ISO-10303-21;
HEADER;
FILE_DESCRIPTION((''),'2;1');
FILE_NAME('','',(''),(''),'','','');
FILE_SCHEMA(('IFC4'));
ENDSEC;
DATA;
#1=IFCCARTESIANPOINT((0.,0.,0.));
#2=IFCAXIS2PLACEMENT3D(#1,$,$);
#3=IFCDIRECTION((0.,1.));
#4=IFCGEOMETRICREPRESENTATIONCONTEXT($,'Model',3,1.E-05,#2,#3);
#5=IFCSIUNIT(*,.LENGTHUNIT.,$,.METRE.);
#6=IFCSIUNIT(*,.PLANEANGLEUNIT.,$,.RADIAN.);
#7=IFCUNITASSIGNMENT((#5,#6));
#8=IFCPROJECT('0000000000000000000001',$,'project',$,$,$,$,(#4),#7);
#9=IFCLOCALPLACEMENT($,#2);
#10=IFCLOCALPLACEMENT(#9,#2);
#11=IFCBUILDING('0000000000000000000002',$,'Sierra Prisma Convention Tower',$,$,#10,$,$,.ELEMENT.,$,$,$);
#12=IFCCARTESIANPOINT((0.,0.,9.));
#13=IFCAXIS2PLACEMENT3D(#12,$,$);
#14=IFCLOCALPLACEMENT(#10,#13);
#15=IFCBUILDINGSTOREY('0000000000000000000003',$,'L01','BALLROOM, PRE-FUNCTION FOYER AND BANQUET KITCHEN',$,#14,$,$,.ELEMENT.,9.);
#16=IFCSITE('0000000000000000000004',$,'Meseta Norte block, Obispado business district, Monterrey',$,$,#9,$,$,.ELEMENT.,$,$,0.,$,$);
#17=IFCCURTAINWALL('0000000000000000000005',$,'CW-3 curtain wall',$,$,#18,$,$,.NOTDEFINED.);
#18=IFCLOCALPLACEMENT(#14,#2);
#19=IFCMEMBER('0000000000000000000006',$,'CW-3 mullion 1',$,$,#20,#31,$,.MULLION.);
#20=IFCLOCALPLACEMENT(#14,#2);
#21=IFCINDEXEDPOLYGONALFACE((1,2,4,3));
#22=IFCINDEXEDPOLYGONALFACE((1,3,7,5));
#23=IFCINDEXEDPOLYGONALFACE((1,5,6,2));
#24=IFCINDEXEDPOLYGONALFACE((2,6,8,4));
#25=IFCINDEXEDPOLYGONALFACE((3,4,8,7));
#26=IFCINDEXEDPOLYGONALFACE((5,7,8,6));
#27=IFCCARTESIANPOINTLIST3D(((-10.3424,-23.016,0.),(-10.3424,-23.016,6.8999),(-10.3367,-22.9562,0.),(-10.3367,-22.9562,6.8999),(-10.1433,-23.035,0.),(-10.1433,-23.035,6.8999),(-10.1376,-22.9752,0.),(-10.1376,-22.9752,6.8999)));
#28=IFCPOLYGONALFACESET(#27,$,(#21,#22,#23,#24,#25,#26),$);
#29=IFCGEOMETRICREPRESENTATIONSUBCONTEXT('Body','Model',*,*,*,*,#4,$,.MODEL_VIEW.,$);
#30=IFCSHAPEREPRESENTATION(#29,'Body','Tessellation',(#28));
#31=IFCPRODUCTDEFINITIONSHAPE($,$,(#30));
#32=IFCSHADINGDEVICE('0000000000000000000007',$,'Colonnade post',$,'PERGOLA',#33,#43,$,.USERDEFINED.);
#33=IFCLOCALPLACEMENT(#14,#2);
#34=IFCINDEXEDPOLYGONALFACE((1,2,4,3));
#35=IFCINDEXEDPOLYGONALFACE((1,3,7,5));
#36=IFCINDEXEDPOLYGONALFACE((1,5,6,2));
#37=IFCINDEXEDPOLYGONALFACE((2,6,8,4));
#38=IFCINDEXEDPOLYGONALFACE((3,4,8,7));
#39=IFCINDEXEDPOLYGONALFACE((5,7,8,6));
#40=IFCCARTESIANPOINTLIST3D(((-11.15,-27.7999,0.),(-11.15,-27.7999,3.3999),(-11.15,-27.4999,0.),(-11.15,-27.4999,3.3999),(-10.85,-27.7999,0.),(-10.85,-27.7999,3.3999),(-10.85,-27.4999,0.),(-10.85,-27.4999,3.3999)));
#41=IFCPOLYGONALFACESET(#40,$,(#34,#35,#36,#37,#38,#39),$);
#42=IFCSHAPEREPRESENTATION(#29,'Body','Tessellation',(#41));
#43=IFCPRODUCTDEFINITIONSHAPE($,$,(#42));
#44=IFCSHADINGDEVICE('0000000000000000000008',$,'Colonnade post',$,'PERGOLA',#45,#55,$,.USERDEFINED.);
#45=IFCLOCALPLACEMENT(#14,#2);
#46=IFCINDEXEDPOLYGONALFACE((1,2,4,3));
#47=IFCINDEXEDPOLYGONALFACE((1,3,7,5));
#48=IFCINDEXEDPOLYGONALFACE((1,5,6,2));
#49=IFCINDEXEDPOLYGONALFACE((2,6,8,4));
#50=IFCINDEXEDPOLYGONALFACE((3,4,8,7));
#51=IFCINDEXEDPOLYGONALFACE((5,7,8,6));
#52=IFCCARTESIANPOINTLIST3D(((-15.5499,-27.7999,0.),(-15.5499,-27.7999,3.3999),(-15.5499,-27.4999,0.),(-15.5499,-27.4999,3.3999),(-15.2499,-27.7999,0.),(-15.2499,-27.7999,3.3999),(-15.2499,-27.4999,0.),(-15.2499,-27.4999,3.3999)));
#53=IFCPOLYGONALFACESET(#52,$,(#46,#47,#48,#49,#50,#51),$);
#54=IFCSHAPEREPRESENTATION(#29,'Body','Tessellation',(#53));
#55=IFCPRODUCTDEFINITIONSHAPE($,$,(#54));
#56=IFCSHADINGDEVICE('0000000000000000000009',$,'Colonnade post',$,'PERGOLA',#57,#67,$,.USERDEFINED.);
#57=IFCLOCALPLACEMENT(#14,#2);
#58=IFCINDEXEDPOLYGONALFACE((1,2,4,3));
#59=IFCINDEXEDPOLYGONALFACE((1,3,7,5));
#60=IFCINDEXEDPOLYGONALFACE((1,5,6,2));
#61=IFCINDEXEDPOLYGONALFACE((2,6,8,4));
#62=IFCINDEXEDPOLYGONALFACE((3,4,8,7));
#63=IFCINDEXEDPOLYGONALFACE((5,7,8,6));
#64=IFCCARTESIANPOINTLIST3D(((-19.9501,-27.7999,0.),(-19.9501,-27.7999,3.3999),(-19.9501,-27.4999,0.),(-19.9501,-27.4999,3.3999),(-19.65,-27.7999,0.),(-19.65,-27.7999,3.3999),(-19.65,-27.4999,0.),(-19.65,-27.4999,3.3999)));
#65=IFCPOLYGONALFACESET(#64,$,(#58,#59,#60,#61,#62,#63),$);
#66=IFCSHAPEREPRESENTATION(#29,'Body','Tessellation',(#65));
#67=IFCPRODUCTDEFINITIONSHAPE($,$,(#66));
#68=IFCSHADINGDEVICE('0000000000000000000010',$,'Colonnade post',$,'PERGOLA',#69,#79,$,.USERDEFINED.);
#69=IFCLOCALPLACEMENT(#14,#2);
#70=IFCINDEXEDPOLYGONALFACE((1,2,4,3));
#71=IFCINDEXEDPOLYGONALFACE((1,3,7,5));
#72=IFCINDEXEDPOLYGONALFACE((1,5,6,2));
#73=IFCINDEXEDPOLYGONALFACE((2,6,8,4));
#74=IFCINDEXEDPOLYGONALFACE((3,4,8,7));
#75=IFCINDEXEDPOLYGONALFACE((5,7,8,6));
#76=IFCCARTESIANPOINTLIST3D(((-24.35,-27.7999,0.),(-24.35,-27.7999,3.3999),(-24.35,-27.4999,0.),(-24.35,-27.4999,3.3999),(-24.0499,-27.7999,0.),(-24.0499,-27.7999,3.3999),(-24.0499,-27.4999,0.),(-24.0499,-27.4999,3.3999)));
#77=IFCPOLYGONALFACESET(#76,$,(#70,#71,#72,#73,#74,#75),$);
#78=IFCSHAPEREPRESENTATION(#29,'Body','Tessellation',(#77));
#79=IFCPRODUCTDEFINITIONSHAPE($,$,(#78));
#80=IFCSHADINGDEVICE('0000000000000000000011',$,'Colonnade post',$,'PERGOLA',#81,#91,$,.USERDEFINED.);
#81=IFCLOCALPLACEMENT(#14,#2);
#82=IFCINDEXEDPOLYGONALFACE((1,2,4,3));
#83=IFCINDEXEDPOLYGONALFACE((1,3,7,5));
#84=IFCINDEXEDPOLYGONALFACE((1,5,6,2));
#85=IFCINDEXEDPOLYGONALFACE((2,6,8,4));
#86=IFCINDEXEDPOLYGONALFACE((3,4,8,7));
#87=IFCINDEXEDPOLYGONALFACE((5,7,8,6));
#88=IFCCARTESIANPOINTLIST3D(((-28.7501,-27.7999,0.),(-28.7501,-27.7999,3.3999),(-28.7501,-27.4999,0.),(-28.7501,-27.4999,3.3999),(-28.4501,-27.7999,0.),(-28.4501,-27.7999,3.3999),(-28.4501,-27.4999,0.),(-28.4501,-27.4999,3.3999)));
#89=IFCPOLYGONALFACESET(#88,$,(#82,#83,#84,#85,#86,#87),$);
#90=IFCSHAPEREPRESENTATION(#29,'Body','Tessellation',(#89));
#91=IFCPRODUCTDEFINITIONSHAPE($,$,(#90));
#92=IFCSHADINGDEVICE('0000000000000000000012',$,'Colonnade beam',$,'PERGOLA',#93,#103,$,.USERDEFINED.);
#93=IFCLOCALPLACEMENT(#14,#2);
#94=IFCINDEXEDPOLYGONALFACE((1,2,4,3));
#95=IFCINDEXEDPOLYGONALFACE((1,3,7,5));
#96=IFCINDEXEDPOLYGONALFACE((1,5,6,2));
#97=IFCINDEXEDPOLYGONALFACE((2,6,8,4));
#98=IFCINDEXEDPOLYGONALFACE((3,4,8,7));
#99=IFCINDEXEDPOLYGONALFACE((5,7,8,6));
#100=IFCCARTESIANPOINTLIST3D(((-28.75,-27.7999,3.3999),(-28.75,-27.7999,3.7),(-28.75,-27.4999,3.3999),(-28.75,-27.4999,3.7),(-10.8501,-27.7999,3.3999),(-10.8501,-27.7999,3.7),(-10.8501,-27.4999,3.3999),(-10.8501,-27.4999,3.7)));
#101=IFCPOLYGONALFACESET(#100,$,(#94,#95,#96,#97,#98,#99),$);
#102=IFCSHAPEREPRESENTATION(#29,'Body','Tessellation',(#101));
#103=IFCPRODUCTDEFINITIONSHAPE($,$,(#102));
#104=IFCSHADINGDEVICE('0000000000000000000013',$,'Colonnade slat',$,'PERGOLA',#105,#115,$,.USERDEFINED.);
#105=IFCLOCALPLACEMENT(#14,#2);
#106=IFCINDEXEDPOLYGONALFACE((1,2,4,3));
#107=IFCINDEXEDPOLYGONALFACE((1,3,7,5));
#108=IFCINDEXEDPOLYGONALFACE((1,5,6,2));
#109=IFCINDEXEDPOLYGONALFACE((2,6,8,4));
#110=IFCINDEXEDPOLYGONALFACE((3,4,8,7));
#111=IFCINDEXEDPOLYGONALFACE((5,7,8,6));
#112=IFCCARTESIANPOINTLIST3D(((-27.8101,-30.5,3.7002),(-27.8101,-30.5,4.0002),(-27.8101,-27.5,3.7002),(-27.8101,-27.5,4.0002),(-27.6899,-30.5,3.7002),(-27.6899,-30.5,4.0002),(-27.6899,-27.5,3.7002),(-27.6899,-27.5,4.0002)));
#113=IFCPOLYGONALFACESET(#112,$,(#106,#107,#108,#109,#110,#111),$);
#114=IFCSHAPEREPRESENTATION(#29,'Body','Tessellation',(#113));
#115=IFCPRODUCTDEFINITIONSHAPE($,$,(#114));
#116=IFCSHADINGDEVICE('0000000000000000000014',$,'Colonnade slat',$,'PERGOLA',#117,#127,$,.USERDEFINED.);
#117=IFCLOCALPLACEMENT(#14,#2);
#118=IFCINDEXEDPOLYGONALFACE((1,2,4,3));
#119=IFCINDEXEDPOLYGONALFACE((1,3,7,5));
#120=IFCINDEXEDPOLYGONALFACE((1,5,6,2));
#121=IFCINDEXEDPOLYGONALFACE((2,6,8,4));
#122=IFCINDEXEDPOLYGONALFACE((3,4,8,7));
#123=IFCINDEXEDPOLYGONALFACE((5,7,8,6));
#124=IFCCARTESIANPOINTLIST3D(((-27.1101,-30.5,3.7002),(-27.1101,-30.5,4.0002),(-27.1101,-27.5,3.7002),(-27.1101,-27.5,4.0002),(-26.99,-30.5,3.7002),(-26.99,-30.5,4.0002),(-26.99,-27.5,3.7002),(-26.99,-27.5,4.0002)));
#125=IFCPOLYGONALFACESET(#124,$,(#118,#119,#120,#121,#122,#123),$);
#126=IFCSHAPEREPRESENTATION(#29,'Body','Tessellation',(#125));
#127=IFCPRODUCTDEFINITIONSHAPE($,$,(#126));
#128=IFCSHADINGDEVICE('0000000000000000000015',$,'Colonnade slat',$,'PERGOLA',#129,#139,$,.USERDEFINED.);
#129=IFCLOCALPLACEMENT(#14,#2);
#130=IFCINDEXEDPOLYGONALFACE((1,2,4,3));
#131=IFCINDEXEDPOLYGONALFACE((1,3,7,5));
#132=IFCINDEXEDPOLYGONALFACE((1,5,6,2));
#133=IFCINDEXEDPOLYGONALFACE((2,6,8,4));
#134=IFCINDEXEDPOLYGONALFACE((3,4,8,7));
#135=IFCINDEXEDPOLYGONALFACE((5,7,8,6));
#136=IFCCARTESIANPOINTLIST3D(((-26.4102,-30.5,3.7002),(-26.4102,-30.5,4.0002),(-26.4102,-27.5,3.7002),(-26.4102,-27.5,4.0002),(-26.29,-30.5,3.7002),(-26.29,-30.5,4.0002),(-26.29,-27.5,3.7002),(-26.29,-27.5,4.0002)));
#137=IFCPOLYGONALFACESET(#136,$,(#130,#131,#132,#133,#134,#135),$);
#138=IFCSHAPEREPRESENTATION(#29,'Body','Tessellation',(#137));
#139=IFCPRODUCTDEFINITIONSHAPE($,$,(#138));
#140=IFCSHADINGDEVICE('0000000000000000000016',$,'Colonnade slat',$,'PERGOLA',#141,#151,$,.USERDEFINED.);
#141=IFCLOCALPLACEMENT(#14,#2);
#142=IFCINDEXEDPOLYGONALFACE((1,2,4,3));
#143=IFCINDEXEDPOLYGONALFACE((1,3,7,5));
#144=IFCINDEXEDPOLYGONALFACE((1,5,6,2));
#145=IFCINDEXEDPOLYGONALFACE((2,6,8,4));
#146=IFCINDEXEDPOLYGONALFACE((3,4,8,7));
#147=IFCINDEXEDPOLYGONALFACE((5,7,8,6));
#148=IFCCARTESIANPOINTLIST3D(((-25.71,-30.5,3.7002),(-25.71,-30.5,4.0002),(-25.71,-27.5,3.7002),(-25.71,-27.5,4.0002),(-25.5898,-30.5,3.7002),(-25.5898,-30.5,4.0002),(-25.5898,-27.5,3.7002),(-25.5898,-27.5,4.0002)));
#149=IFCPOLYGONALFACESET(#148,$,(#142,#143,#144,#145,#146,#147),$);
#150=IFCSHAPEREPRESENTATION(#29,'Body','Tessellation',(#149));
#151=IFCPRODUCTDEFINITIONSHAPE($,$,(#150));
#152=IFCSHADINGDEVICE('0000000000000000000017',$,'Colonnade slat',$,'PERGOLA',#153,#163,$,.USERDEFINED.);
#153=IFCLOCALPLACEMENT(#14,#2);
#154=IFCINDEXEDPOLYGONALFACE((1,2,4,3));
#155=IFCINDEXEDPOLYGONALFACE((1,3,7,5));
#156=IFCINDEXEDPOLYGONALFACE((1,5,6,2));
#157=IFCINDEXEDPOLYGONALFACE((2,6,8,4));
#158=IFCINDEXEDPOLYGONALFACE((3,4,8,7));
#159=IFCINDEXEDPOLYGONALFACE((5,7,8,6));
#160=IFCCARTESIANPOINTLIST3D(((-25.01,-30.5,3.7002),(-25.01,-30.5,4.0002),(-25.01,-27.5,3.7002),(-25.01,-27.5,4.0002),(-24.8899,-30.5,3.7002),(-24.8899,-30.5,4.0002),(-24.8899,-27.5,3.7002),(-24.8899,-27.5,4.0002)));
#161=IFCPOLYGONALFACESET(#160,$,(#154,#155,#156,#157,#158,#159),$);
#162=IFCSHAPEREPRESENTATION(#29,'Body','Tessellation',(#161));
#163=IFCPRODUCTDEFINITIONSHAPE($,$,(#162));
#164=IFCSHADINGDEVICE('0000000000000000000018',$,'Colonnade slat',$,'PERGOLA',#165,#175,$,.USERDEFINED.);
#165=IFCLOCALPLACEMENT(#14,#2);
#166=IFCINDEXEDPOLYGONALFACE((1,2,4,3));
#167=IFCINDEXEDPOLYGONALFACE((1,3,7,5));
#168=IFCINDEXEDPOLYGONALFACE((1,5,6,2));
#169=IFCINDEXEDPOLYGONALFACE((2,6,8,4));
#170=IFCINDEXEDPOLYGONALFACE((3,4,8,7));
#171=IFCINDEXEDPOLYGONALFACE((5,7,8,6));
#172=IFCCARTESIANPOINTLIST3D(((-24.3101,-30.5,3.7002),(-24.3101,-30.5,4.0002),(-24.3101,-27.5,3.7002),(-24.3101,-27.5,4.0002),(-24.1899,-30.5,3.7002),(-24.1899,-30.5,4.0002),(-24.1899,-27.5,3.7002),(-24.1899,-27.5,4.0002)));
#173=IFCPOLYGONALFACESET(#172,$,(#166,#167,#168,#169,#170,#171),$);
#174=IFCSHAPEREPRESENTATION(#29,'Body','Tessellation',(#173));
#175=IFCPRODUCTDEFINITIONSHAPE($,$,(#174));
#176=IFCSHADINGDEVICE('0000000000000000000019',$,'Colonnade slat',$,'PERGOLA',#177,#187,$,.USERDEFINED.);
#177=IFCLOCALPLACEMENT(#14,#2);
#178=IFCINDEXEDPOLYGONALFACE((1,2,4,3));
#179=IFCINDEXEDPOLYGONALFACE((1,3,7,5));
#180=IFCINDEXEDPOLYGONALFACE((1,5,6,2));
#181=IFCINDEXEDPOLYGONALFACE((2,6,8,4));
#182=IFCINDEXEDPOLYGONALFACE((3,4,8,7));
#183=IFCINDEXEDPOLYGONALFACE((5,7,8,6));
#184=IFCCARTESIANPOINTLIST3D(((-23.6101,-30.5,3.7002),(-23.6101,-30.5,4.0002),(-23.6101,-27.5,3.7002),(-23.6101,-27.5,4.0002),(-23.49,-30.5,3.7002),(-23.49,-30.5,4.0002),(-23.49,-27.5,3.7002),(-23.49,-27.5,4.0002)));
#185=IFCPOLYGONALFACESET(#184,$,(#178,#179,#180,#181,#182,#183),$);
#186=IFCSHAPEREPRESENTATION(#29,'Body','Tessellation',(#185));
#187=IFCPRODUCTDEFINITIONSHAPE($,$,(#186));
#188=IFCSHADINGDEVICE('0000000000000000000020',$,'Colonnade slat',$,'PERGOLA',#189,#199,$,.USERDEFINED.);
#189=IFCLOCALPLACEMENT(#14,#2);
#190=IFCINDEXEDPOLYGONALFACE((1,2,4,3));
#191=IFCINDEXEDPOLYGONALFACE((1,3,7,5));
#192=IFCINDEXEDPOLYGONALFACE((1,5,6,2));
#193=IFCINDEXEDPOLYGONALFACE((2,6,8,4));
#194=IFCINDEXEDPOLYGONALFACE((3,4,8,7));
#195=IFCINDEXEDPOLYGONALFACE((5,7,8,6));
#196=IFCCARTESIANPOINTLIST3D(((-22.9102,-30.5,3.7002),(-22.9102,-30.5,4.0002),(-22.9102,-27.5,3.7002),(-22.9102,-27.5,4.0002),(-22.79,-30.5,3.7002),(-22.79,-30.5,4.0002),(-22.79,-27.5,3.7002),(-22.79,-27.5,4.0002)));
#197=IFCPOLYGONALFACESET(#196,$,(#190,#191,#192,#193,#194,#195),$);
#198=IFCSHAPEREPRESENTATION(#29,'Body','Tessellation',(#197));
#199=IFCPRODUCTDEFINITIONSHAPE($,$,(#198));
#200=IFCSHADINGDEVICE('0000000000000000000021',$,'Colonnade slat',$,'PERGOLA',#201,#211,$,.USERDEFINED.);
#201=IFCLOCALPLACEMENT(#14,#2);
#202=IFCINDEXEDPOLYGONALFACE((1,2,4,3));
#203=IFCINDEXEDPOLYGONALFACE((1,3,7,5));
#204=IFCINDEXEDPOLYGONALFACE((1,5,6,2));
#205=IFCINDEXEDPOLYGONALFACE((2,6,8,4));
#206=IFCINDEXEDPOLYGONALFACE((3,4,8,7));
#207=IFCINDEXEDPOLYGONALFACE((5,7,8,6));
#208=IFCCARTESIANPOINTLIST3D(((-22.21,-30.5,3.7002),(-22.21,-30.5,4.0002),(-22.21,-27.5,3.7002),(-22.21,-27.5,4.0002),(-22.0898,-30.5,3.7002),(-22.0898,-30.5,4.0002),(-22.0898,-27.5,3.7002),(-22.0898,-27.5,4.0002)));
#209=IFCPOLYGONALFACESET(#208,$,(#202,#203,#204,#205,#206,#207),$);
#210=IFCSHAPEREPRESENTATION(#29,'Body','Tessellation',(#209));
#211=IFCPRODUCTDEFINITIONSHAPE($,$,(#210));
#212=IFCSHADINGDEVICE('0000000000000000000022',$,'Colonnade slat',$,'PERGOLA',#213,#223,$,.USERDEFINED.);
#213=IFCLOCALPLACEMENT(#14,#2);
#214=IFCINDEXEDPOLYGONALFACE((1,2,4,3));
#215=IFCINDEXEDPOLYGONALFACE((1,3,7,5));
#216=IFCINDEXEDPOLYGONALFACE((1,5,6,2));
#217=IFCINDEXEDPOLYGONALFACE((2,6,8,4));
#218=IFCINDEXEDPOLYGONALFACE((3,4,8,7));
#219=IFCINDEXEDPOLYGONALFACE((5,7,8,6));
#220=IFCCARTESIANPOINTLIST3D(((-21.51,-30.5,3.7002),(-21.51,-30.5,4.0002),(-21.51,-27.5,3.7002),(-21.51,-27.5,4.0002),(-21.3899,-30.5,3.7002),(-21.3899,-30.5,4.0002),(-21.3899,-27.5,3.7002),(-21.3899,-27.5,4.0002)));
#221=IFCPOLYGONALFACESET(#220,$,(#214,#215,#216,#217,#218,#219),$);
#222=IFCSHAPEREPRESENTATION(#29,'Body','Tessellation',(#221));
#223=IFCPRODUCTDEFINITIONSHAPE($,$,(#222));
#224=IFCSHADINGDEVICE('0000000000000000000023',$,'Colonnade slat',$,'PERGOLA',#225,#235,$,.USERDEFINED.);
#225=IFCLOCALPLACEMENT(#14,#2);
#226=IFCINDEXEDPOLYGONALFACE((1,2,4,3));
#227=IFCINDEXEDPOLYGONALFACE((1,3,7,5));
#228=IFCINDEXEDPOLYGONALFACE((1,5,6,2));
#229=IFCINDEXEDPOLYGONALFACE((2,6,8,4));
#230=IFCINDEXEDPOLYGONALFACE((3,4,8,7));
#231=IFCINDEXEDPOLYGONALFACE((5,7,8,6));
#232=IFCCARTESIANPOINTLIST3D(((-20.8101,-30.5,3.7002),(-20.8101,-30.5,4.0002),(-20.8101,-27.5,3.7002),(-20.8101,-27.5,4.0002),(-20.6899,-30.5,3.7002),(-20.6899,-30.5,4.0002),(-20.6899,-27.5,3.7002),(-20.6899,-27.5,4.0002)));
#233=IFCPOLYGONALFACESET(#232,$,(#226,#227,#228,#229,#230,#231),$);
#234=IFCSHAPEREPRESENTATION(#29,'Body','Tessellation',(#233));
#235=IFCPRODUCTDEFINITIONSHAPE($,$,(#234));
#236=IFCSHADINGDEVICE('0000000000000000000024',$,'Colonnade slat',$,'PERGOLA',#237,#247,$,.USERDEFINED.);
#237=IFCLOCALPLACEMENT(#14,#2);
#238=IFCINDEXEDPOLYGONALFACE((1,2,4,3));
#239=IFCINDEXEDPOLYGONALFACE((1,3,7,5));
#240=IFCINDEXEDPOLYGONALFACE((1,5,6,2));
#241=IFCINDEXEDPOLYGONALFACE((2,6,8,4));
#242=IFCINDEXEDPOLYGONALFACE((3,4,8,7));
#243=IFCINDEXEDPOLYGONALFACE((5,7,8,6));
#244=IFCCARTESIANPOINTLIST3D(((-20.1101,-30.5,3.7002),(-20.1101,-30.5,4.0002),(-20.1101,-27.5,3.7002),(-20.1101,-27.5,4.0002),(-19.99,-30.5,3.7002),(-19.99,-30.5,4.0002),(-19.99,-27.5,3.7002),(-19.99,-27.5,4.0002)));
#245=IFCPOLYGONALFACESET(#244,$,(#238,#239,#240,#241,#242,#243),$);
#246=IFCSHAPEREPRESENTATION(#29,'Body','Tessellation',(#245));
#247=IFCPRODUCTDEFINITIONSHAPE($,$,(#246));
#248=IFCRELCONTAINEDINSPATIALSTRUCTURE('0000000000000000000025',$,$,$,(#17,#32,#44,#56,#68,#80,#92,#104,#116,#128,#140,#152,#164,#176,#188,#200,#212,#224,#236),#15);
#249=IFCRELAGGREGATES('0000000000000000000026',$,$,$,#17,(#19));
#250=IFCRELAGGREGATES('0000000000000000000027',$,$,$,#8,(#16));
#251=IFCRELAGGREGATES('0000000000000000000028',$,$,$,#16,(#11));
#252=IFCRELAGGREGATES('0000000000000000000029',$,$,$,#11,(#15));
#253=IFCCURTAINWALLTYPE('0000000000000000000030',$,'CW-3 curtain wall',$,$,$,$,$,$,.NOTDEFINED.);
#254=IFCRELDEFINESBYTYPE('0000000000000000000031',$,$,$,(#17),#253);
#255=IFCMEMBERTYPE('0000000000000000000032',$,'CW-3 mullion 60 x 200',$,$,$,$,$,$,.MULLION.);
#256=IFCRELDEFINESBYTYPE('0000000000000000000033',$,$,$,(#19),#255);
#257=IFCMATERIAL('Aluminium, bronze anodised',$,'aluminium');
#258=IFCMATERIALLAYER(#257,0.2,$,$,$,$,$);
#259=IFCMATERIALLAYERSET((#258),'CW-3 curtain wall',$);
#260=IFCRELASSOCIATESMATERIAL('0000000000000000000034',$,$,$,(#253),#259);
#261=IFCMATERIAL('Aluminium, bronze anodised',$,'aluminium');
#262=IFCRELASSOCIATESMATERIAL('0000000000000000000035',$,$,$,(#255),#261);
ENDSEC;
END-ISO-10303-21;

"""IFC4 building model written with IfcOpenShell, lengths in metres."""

from ifc_helpers import new_model, si_unit, direction, frame, origin, origin_2d, place, context, subcontext, project, spatial, rectangle, extrude, material, layer, layer_set, material_profile, profile_set, type_object, element, aggregate, save


model = new_model("IFC4")

# Units and contexts
model_context = context("Model", 3, precision=1e-05, world=origin(), true_north=direction((0.0, 1.0)))
body_context = subcontext(model_context, "Body", "Model", "MODEL_VIEW")
ifc_project = project(units=[si_unit("LENGTHUNIT", "METRE"), si_unit("PLANEANGLEUNIT", "RADIAN")], contexts=[model_context])

# Site, building, storey
site_placement = place(None, origin())
site = spatial("IfcSite", under=ifc_project, at=site_placement, Name="Meseta Norte block, Obispado business district, Monterrey", CompositionType="ELEMENT", RefElevation=0.0)
building_placement = place(site_placement, origin())
building = spatial("IfcBuilding", under=site, at=building_placement, Name="Sierra Prisma Convention Tower", CompositionType="ELEMENT")
storey_placement = place(building_placement, frame((0.0, 0.0, 9.0)))
storey = spatial("IfcBuildingStorey", under=building, at=storey_placement, Name="L01", Description="BALLROOM, PRE-FUNCTION FOYER AND BANQUET KITCHEN", CompositionType="ELEMENT", Elevation=9.0)

# Curtain wall, member
ifc_material_1 = material(Name="Aluminium, bronze anodised", Category="aluminium")
ifc_layer = layer(ifc_material_1, 0.2)
ifc_layer_set = layer_set([ifc_layer], Name="CW-3 curtain wall")
curtain_wall_type = type_object("IfcCurtainWallType", Name="CW-3 curtain wall", PredefinedType="NOTDEFINED", material=ifc_layer_set)
curtain_wall_placement = place(storey_placement, origin())
curtain_wall = element("IfcCurtainWall", 1, at=curtain_wall_placement, inside=storey, type_object=curtain_wall_type, Name="CW-3 curtain wall", PredefinedType="NOTDEFINED")
ifc_material_2 = material(Name="Aluminium, bronze anodised", Category="aluminium")
ifc_material_profile = material_profile(ifc_material_2, rectangle(XDim=0.0601, YDim=0.2, at=origin_2d()), Name="CW-3 mullion 60 x 200")
ifc_profile_set = profile_set([ifc_material_profile], Name="Aluminium, bronze anodised")
member_type = type_object("IfcMemberType", Name="CW-3 mullion 60 x 200", PredefinedType="MULLION", material=ifc_profile_set)
member_placement = place(storey_placement, frame((-10.24, -22.9956, 0.0), z_axis=(0.0, 0.0, 1.0), x_axis=(-0.095075, -0.99547, 0.0)))
member = element("IfcMember", 2, at=member_placement, type_object=member_type, Name="CW-3 mullion 1", PredefinedType="MULLION", context=body_context, shape_type="SweptSolid", body=[
    extrude(rectangle(XDim=0.0601, YDim=0.2, at=origin_2d()), origin(), (0.0, 0.0, 1.0), 6.8999),
])
aggregate(curtain_wall, [member])

# Shading devices
for number, where, z_axis, x_axis, name in (
    (3, (-11.0, -27.6499, 0.0), (0.0, 0.0, 1.0), (1.0, 0.0, 0.0), "Colonnade post"),
    (4, (-15.3999, -27.6499, 0.0), (0.0, 0.0, 1.0), (1.0, 0.0, 0.0), "Colonnade post"),
    (5, (-19.8, -27.6499, 0.0), (0.0, 0.0, 1.0), (1.0, 0.0, 0.0), "Colonnade post"),
    (6, (-24.2, -27.6499, 0.0), (0.0, 0.0, 1.0), (1.0, 0.0, 0.0), "Colonnade post"),
    (7, (-28.6001, -27.6499, 0.0), (0.0, 0.0, 1.0), (1.0, 0.0, 0.0), "Colonnade post"),
):
    element("IfcShadingDevice", number, at=place(storey_placement, frame(where, z_axis=z_axis, x_axis=x_axis)), inside=storey, Name=name, ObjectType="PERGOLA", PredefinedType="USERDEFINED", context=body_context, shape_type="SweptSolid", body=[
        extrude(rectangle(XDim=0.3, YDim=0.3, at=origin_2d()), origin(), (0.0, 0.0, 1.0), 3.3999),
    ])
shading_device_placement = place(storey_placement, frame((-19.8, -27.6499, 3.3999), z_axis=(0.0, 0.0, 1.0), x_axis=(1.0, 0.0, 0.0)))
element("IfcShadingDevice", 8, at=shading_device_placement, inside=storey, Name="Colonnade beam", ObjectType="PERGOLA", PredefinedType="USERDEFINED", context=body_context, shape_type="SweptSolid", body=[
    extrude(rectangle(XDim=17.8999, YDim=0.3, at=origin_2d()), origin(), (0.0, 0.0, 1.0), 0.3),
])
for number, where, z_axis, x_axis, name in (
    (9, (-27.75, -29.0, 3.7002), (0.0, 0.0, 1.0), (1.0, 0.0, 0.0), "Colonnade slat"),
    (10, (-27.05, -29.0, 3.7002), (0.0, 0.0, 1.0), (1.0, 0.0, 0.0), "Colonnade slat"),
    (11, (-26.3501, -29.0, 3.7002), (0.0, 0.0, 1.0), (1.0, 0.0, 0.0), "Colonnade slat"),
    (12, (-25.6499, -29.0, 3.7002), (0.0, 0.0, 1.0), (1.0, 0.0, 0.0), "Colonnade slat"),
    (13, (-24.95, -29.0, 3.7002), (0.0, 0.0, 1.0), (1.0, 0.0, 0.0), "Colonnade slat"),
    (14, (-24.25, -29.0, 3.7002), (0.0, 0.0, 1.0), (1.0, 0.0, 0.0), "Colonnade slat"),
    (15, (-23.55, -29.0, 3.7002), (0.0, 0.0, 1.0), (1.0, 0.0, 0.0), "Colonnade slat"),
    (16, (-22.8501, -29.0, 3.7002), (0.0, 0.0, 1.0), (1.0, 0.0, 0.0), "Colonnade slat"),
    (17, (-22.1499, -29.0, 3.7002), (0.0, 0.0, 1.0), (1.0, 0.0, 0.0), "Colonnade slat"),
    (18, (-21.45, -29.0, 3.7002), (0.0, 0.0, 1.0), (1.0, 0.0, 0.0), "Colonnade slat"),
    (19, (-20.75, -29.0, 3.7002), (0.0, 0.0, 1.0), (1.0, 0.0, 0.0), "Colonnade slat"),
    (20, (-20.05, -29.0, 3.7002), (0.0, 0.0, 1.0), (1.0, 0.0, 0.0), "Colonnade slat"),
):
    element("IfcShadingDevice", number, at=place(storey_placement, frame(where, z_axis=z_axis, x_axis=x_axis)), inside=storey, Name=name, ObjectType="PERGOLA", PredefinedType="USERDEFINED", context=body_context, shape_type="SweptSolid", body=[
        extrude(rectangle(XDim=0.1201, YDim=3.0, at=origin_2d()), origin(), (0.0, 0.0, 1.0), 0.3),
    ])

save(model, "model.ifc")
